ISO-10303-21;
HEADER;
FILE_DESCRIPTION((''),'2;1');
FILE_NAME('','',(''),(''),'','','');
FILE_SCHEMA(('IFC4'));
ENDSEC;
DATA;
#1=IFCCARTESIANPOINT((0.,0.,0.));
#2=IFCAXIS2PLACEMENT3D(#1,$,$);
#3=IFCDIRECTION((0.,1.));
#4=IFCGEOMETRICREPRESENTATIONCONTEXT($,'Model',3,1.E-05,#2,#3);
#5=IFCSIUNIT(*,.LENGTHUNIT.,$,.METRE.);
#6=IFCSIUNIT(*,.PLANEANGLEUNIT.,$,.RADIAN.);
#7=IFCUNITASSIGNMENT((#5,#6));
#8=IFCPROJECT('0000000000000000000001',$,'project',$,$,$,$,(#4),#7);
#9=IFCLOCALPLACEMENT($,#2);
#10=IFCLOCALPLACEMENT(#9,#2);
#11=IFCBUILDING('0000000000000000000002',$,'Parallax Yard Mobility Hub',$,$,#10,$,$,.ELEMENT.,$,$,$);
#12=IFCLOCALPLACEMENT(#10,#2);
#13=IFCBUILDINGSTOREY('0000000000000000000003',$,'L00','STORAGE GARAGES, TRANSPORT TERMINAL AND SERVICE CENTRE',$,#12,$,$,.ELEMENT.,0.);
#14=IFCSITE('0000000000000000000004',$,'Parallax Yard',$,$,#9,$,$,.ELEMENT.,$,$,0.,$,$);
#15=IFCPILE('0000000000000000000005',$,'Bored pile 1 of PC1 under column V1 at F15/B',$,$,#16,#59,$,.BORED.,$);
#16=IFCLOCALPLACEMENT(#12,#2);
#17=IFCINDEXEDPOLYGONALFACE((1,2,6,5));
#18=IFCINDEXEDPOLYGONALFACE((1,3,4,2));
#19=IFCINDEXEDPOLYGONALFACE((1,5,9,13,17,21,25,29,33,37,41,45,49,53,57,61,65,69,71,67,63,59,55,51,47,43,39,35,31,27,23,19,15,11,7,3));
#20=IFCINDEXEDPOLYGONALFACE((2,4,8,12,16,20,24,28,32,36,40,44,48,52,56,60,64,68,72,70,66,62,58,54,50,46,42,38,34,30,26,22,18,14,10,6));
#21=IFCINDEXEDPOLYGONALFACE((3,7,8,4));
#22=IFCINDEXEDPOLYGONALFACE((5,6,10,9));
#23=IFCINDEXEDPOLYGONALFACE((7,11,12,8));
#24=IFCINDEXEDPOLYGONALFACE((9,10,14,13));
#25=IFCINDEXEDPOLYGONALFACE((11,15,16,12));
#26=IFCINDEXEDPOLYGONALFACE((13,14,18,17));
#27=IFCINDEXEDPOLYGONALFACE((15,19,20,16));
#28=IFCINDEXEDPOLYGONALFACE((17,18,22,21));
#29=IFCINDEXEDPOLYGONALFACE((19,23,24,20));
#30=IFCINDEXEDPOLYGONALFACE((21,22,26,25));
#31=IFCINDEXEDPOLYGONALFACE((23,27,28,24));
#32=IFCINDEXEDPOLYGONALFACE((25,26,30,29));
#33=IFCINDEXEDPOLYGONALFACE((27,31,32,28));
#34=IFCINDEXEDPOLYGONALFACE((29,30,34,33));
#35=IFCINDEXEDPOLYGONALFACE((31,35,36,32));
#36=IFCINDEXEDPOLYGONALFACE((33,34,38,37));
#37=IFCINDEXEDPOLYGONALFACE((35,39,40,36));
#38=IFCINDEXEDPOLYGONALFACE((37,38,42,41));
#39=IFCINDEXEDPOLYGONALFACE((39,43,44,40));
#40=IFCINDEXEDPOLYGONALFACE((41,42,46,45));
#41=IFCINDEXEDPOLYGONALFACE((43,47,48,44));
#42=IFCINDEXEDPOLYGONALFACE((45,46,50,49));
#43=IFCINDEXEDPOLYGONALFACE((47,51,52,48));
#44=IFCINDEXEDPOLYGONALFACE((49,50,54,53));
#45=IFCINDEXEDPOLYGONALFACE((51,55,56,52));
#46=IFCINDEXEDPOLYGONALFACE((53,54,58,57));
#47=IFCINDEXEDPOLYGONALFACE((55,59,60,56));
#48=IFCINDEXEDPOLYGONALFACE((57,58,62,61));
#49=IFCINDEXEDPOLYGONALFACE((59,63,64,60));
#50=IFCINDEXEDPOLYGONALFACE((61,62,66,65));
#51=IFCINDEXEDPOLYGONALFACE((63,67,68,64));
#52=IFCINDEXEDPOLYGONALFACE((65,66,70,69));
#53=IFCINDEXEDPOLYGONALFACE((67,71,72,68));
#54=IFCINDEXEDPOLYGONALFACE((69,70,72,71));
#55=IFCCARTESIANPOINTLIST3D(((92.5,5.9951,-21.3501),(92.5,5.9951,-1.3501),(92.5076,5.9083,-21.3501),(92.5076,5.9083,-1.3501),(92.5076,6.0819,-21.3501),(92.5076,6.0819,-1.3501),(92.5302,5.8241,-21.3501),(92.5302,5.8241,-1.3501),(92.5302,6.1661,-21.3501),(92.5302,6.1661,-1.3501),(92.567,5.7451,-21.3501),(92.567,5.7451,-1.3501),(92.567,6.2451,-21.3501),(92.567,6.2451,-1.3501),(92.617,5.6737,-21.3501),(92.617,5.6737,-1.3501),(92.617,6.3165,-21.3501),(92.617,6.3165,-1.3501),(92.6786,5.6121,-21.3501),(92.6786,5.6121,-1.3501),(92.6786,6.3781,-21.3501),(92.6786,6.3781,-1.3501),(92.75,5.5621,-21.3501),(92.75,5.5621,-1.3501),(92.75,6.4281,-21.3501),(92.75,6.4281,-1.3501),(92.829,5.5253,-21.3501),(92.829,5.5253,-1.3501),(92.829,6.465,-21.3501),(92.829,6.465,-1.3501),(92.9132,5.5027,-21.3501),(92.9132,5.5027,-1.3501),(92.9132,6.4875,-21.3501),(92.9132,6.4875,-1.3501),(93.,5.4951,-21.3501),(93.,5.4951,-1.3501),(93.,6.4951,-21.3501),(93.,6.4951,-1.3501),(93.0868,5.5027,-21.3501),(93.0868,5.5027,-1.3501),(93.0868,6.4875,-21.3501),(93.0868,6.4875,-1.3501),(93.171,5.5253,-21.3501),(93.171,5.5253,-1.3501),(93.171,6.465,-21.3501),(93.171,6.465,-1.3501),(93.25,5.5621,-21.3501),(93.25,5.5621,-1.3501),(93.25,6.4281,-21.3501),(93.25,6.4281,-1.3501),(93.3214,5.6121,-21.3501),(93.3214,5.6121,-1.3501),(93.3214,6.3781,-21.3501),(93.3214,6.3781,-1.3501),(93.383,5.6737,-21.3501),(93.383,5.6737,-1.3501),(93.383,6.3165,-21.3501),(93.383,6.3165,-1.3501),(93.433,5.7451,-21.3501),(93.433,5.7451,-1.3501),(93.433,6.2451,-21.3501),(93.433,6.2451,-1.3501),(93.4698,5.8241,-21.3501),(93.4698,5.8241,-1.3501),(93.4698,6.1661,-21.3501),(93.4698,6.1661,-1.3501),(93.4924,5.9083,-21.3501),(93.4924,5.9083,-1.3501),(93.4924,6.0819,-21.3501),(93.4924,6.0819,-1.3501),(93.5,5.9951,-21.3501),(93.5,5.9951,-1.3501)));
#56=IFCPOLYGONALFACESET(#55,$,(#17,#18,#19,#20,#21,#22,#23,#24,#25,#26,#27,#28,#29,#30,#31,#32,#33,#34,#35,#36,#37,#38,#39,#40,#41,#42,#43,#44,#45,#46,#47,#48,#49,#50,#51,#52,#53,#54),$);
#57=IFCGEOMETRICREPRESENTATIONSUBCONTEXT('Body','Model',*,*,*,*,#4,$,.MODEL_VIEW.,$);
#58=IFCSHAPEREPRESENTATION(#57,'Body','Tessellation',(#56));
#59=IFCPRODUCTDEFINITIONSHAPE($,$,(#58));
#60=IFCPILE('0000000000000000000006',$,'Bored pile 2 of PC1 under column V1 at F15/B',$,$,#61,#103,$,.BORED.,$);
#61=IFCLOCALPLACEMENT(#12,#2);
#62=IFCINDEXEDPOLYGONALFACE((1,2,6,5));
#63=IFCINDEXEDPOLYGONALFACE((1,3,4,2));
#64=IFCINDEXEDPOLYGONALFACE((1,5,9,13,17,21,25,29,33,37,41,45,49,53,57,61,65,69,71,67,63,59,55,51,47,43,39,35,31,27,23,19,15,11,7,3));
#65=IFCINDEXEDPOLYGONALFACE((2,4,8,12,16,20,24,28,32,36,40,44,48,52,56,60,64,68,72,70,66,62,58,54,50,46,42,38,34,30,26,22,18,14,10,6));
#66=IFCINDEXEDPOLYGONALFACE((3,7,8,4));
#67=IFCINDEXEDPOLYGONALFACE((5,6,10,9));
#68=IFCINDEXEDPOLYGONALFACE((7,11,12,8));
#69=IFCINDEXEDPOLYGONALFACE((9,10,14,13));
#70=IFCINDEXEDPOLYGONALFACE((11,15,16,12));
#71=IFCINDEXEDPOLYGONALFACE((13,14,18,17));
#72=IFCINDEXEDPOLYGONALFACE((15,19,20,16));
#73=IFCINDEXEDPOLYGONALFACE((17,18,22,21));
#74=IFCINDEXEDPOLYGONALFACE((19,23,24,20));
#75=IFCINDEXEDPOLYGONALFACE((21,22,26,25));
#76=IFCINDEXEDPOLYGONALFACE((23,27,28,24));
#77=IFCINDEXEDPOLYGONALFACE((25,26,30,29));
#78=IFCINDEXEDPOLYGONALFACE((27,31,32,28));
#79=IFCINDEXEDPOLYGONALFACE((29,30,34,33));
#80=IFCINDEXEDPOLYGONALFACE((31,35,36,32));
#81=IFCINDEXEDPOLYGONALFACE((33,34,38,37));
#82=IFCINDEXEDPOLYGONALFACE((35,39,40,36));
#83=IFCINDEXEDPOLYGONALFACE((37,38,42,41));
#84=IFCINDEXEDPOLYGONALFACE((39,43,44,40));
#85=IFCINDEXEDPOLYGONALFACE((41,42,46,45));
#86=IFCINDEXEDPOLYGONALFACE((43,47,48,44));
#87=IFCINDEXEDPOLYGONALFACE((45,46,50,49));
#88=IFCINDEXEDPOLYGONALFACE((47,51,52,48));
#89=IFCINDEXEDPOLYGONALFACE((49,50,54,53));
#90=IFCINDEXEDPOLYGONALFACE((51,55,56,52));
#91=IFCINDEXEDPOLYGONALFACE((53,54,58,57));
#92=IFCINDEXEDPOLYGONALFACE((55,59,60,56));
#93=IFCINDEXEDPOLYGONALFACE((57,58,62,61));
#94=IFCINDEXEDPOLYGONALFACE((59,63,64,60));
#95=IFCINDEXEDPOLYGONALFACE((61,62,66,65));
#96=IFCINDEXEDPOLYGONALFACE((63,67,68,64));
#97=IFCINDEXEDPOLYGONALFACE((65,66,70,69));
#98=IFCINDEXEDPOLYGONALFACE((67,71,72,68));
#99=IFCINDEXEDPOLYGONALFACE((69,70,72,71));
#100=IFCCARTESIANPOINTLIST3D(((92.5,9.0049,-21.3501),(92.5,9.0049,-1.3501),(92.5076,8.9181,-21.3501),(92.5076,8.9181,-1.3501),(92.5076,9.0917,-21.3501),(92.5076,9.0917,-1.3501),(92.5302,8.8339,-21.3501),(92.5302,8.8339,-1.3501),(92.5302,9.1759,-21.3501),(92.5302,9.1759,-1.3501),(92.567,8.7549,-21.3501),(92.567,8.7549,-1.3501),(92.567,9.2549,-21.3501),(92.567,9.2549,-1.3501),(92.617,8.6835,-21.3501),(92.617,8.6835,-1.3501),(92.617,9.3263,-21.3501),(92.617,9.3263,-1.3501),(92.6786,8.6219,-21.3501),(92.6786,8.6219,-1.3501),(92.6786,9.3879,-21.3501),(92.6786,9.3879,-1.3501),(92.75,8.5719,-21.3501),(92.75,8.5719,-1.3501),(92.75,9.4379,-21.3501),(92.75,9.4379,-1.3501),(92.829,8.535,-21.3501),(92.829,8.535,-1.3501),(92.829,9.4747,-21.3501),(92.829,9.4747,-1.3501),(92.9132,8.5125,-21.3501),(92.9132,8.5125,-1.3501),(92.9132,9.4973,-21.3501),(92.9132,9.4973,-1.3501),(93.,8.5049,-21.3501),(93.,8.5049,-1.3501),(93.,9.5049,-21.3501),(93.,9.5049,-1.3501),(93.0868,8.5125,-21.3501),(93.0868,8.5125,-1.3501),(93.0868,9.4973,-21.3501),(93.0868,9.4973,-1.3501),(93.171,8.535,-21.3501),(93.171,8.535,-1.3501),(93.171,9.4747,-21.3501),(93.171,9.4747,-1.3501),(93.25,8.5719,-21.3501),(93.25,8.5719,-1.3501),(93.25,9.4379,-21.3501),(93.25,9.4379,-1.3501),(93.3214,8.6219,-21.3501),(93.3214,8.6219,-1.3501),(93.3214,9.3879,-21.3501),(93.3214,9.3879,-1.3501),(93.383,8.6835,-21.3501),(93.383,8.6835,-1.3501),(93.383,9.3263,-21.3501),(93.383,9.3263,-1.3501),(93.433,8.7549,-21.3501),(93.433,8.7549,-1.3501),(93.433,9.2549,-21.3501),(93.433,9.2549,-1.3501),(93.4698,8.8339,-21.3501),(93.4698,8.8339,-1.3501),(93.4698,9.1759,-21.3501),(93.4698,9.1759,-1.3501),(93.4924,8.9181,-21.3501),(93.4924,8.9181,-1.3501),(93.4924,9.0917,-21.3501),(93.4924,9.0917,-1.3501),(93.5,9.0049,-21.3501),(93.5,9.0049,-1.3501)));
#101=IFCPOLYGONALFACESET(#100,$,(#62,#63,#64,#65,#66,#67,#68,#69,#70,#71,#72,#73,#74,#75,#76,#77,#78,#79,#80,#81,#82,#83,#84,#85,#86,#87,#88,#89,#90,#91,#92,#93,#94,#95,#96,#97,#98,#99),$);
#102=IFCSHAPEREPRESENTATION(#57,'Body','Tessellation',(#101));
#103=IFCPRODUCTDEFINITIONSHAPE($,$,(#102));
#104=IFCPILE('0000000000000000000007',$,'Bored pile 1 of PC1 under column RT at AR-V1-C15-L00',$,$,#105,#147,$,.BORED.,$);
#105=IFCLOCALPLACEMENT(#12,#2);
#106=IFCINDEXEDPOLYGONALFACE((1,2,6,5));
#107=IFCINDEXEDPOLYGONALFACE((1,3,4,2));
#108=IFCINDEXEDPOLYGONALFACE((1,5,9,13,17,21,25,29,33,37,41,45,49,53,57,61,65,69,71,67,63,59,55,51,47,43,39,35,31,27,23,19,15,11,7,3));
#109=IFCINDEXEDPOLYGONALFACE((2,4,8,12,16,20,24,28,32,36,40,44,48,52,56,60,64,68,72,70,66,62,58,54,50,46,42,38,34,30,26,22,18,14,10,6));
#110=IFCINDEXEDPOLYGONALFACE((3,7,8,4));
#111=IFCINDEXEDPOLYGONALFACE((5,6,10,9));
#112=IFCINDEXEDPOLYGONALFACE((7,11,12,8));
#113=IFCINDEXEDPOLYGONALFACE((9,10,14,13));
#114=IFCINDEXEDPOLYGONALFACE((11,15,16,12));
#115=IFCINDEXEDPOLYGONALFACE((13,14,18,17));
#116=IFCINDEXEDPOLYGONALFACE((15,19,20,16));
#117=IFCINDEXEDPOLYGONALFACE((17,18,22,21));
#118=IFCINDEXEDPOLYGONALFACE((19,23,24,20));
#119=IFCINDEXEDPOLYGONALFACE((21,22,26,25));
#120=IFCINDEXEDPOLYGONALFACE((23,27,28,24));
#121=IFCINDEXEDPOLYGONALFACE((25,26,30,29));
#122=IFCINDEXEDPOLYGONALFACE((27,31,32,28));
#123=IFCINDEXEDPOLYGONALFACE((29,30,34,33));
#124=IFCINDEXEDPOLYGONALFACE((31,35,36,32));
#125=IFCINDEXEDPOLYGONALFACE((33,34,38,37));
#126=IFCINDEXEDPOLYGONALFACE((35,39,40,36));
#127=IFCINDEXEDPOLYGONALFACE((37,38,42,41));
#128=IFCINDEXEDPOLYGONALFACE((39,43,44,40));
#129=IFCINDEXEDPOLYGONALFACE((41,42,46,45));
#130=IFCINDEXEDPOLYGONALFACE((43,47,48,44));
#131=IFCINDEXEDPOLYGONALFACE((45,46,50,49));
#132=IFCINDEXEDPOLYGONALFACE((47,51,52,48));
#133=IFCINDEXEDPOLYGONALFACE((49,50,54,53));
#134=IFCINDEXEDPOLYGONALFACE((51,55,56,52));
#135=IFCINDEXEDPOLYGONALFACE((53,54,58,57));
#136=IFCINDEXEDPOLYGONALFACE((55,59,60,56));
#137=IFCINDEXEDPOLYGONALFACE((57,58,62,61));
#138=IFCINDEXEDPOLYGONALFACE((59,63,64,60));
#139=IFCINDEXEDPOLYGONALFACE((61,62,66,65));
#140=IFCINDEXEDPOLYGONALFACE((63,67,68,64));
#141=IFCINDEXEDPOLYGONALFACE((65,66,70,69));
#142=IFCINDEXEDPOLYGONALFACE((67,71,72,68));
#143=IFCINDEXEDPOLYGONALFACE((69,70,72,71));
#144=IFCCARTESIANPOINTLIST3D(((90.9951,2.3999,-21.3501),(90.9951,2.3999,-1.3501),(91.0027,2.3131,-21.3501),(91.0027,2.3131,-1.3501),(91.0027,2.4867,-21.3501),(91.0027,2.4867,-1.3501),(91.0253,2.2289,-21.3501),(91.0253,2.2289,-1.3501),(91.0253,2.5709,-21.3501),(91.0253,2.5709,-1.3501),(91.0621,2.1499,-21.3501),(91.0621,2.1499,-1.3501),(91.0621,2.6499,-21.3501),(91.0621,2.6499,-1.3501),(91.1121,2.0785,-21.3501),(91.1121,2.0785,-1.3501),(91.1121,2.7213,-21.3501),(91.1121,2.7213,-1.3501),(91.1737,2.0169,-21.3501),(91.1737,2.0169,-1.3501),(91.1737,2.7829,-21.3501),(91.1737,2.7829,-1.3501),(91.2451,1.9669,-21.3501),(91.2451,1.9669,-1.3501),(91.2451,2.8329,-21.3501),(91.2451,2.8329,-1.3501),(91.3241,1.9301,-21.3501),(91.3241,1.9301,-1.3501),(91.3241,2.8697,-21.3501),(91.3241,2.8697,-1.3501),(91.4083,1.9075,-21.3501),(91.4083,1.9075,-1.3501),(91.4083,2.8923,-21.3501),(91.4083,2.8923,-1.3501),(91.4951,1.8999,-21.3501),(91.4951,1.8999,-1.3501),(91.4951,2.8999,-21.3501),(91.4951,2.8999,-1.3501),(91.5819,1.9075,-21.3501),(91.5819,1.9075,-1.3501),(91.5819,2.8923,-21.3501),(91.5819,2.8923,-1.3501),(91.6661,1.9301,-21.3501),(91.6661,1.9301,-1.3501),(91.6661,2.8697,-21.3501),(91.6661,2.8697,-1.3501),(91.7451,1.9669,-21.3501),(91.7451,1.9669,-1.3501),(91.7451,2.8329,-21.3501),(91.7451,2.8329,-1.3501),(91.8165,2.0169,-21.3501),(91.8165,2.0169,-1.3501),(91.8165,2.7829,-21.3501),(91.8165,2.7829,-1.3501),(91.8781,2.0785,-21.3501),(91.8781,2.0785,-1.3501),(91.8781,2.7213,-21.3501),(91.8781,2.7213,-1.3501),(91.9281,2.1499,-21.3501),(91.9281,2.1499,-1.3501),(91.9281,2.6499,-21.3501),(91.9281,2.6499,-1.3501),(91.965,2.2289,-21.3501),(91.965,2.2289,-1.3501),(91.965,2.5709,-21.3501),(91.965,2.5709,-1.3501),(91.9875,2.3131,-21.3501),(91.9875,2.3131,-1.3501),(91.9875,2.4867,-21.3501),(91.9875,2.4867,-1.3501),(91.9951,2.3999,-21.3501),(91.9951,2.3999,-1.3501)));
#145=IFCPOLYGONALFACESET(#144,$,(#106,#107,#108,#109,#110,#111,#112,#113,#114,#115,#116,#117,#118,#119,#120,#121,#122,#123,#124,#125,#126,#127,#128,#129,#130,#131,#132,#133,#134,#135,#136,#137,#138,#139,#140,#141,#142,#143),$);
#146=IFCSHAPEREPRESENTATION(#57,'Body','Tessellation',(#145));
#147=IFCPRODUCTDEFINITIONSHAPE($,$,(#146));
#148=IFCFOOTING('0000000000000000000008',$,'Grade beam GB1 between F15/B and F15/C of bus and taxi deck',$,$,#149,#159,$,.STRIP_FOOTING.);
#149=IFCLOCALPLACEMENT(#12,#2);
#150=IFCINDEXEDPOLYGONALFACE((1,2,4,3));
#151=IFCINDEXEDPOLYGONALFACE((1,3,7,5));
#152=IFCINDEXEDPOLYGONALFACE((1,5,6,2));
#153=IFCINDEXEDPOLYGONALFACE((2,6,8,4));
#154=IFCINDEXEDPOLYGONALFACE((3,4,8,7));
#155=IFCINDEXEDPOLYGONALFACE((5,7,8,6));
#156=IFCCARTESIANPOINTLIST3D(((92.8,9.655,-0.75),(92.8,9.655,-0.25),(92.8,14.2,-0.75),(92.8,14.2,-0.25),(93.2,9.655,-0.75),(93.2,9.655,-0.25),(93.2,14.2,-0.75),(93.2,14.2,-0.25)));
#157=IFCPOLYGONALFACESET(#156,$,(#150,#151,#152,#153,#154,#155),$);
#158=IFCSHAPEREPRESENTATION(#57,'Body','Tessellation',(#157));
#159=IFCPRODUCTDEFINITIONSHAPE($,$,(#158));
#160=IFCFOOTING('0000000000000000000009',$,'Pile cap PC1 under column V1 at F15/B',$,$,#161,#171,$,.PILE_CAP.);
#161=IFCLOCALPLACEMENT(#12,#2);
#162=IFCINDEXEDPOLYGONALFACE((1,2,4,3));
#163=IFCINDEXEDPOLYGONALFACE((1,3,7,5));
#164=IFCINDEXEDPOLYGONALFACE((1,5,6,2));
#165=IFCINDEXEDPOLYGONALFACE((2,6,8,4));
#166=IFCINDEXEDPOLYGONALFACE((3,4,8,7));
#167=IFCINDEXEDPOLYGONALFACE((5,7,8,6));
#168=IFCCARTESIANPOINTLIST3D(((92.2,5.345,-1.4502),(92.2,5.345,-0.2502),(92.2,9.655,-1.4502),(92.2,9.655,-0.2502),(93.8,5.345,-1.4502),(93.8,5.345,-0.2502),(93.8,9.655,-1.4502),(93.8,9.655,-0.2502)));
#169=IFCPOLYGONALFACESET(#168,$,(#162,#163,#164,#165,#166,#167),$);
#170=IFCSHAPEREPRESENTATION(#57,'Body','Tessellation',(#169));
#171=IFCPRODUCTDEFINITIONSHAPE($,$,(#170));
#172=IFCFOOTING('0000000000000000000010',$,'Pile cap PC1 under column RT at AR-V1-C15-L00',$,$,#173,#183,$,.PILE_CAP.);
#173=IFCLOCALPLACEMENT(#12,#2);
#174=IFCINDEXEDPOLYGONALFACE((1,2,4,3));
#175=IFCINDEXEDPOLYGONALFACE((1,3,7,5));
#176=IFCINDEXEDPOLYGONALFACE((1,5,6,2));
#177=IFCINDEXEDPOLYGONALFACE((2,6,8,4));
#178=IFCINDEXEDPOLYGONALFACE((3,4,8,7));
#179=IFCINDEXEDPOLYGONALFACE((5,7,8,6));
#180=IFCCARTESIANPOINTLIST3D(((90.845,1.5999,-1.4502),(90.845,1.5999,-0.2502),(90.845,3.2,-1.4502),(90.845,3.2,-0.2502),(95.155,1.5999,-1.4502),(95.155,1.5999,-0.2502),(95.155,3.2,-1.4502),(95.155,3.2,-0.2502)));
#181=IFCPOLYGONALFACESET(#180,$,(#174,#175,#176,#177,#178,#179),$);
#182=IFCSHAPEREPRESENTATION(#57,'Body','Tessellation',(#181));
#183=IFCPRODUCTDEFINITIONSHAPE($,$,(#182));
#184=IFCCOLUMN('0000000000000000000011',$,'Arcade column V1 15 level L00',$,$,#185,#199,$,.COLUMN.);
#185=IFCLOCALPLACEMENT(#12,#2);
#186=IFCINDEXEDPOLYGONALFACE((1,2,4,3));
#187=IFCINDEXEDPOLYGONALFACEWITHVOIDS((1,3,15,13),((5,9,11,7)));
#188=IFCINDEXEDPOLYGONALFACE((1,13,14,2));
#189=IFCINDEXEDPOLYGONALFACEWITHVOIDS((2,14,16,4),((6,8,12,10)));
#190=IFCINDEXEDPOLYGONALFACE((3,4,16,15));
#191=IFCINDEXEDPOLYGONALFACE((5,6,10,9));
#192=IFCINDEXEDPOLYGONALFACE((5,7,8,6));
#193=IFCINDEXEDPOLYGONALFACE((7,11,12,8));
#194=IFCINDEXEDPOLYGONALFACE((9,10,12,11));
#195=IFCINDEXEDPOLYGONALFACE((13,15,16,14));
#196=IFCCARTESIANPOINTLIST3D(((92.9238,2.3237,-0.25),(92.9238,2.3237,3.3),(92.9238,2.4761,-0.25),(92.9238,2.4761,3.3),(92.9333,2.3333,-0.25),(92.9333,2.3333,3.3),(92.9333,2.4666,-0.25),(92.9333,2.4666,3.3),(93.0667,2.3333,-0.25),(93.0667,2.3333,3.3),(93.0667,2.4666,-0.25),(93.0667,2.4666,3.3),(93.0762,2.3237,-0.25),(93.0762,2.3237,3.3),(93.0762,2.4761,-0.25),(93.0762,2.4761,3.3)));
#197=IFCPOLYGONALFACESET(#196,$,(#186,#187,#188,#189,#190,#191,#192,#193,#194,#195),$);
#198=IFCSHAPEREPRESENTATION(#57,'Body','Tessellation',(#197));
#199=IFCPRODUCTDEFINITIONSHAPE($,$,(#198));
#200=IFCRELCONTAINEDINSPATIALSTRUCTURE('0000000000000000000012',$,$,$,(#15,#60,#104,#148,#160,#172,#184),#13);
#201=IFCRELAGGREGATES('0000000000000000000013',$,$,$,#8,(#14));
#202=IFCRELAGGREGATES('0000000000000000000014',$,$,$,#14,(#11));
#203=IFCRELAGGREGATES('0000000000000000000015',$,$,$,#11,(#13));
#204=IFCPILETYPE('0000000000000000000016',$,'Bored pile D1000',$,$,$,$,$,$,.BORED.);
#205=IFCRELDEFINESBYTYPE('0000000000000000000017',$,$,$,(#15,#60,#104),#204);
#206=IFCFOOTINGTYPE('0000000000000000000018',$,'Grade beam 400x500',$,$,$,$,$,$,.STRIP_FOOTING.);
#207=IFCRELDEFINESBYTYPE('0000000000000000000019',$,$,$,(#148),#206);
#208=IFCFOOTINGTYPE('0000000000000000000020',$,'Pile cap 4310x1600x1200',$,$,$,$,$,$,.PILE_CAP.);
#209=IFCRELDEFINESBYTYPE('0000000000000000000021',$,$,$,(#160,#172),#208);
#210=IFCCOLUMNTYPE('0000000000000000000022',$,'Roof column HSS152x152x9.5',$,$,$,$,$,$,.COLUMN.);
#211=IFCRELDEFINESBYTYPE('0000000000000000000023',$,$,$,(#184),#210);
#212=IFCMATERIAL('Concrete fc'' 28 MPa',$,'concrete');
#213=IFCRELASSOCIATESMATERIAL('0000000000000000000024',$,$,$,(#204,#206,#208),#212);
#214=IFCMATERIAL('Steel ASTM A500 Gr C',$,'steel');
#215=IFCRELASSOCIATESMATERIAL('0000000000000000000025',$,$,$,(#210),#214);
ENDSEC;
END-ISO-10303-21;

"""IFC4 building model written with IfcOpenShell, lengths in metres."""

from ifc_helpers import new_model, si_unit, direction, frame, origin, origin_2d, place, context, subcontext, project, spatial, rectangle, hollow_rectangle, circle, extrude, material, material_profile, profile_set, type_object, element, save


model = new_model("IFC4")

# Units and contexts
model_context = context("Model", 3, precision=1e-05, world=origin(), true_north=direction((0.0, 1.0)))
body_context = subcontext(model_context, "Body", "Model", "MODEL_VIEW")
ifc_project = project(units=[si_unit("LENGTHUNIT", "METRE"), si_unit("PLANEANGLEUNIT", "RADIAN")], contexts=[model_context])

# Site, building, storey
site_placement = place(None, origin())
site = spatial("IfcSite", under=ifc_project, at=site_placement, Name="Parallax Yard", CompositionType="ELEMENT", RefElevation=0.0)
building_placement = place(site_placement, origin())
building = spatial("IfcBuilding", under=site, at=building_placement, Name="Parallax Yard Mobility Hub", CompositionType="ELEMENT")
storey_placement = place(building_placement, origin())
storey = spatial("IfcBuildingStorey", under=building, at=storey_placement, Name="L00", Description="STORAGE GARAGES, TRANSPORT TERMINAL AND SERVICE CENTRE", CompositionType="ELEMENT", Elevation=0.0)

# Piles
ifc_material_1 = material(Name="Concrete fc' 28 MPa", Category="concrete")
ifc_material_profile_1 = material_profile(ifc_material_1, circle(Radius=0.5, at=origin_2d()), Name="Bored pile D1000")
ifc_profile_set_1 = profile_set([ifc_material_profile_1], Name="Concrete fc' 28 MPa")
pile_type = type_object("IfcPileType", Name="Bored pile D1000", PredefinedType="BORED", material=ifc_profile_set_1)
for number, where, z_axis, x_axis, name in (
    (1, (93.0, 5.9951, -1.3501), (0.0, 0.0, -1.0), (1.0, 0.0, 0.0), "Bored pile 1 of PC1 under column V1 at F15/B"),
    (2, (93.0, 9.0049, -1.3501), (0.0, 0.0, -1.0), (1.0, 0.0, 0.0), "Bored pile 2 of PC1 under column V1 at F15/B"),
    (3, (91.4951, 2.3999, -1.3501), (0.0, 0.0, -1.0), (1.0, 0.0, 0.0), "Bored pile 1 of PC1 under column RT at AR-V1-C15-L00"),
):
    element("IfcPile", number, at=place(storey_placement, frame(where, z_axis=z_axis, x_axis=x_axis)), inside=storey, type_object=pile_type, Name=name, PredefinedType="BORED", context=body_context, shape_type="SweptSolid", body=[
        extrude(circle(Radius=0.5, at=origin_2d()), origin(), (0.0, 0.0, 1.0), 20.0),
    ])

# Footings
ifc_material_profile_2 = material_profile(ifc_material_1, rectangle(XDim=0.3999, YDim=0.5, at=origin_2d()), Name="Grade beam 400x500")
ifc_profile_set_2 = profile_set([ifc_material_profile_2], Name="Concrete fc' 28 MPa")
footing_type_1 = type_object("IfcFootingType", Name="Grade beam 400x500", PredefinedType="STRIP_FOOTING", material=ifc_profile_set_2)
footing_placement = place(storey_placement, frame((93.0, 9.655, -0.5), z_axis=(0.0, 1.0, 0.0), x_axis=(-1.0, 0.0, 0.0)))
element("IfcFooting", 4, at=footing_placement, inside=storey, type_object=footing_type_1, Name="Grade beam GB1 between F15/B and F15/C of bus and taxi deck", PredefinedType="STRIP_FOOTING", context=body_context, shape_type="SweptSolid", body=[
    extrude(rectangle(XDim=0.3999, YDim=0.5, at=origin_2d()), origin(), (0.0, 0.0, 1.0), 4.5449),
])
footing_type_2 = type_object("IfcFootingType", Name="Pile cap 4310x1600x1200", PredefinedType="PILE_CAP", material=ifc_material_1)
for number, where, z_axis, x_axis, name in (
    (5, (93.0, 7.5, -1.4502), (0.0, 0.0, 1.0), (0.0, 1.0, 0.0), "Pile cap PC1 under column V1 at F15/B"),
    (6, (93.0, 2.3999, -1.4502), (0.0, 0.0, 1.0), (1.0, 0.0, 0.0), "Pile cap PC1 under column RT at AR-V1-C15-L00"),
):
    element("IfcFooting", number, at=place(storey_placement, frame(where, z_axis=z_axis, x_axis=x_axis)), inside=storey, type_object=footing_type_2, Name=name, PredefinedType="PILE_CAP", context=body_context, shape_type="SweptSolid", body=[
        extrude(rectangle(XDim=4.3101, YDim=1.6001, at=origin_2d()), origin(), (0.0, 0.0, 1.0), 1.2),
    ])

# Column
ifc_material_2 = material(Name="Steel ASTM A500 Gr C", Category="steel")
ifc_material_profile_3 = material_profile(ifc_material_2, hollow_rectangle(XDim=0.1523, YDim=0.1523, WallThickness=0.0095, at=origin_2d()), Name="HSS152x152x9.5")
ifc_profile_set_3 = profile_set([ifc_material_profile_3], Name="Steel ASTM A500 Gr C")
column_type_1 = type_object("IfcColumnType", Name="Roof column HSS152x152x9.5", PredefinedType="COLUMN", material=ifc_profile_set_3)
column_1_placement = place(storey_placement, frame((93.0, 2.3999, -0.25), z_axis=(0.0, 0.0, 1.0), x_axis=(1.0, 0.0, 0.0)))
element("IfcColumn", 7, at=column_1_placement, inside=storey, type_object=column_type_1, Name="Arcade column V1 15 level L00", PredefinedType="COLUMN", context=body_context, shape_type="SweptSolid", body=[
    extrude(hollow_rectangle(XDim=0.1523, YDim=0.1523, WallThickness=0.0095, at=origin_2d()), origin(), (0.0, 0.0, 1.0), 3.55),
])

save(model, "model.ifc")
